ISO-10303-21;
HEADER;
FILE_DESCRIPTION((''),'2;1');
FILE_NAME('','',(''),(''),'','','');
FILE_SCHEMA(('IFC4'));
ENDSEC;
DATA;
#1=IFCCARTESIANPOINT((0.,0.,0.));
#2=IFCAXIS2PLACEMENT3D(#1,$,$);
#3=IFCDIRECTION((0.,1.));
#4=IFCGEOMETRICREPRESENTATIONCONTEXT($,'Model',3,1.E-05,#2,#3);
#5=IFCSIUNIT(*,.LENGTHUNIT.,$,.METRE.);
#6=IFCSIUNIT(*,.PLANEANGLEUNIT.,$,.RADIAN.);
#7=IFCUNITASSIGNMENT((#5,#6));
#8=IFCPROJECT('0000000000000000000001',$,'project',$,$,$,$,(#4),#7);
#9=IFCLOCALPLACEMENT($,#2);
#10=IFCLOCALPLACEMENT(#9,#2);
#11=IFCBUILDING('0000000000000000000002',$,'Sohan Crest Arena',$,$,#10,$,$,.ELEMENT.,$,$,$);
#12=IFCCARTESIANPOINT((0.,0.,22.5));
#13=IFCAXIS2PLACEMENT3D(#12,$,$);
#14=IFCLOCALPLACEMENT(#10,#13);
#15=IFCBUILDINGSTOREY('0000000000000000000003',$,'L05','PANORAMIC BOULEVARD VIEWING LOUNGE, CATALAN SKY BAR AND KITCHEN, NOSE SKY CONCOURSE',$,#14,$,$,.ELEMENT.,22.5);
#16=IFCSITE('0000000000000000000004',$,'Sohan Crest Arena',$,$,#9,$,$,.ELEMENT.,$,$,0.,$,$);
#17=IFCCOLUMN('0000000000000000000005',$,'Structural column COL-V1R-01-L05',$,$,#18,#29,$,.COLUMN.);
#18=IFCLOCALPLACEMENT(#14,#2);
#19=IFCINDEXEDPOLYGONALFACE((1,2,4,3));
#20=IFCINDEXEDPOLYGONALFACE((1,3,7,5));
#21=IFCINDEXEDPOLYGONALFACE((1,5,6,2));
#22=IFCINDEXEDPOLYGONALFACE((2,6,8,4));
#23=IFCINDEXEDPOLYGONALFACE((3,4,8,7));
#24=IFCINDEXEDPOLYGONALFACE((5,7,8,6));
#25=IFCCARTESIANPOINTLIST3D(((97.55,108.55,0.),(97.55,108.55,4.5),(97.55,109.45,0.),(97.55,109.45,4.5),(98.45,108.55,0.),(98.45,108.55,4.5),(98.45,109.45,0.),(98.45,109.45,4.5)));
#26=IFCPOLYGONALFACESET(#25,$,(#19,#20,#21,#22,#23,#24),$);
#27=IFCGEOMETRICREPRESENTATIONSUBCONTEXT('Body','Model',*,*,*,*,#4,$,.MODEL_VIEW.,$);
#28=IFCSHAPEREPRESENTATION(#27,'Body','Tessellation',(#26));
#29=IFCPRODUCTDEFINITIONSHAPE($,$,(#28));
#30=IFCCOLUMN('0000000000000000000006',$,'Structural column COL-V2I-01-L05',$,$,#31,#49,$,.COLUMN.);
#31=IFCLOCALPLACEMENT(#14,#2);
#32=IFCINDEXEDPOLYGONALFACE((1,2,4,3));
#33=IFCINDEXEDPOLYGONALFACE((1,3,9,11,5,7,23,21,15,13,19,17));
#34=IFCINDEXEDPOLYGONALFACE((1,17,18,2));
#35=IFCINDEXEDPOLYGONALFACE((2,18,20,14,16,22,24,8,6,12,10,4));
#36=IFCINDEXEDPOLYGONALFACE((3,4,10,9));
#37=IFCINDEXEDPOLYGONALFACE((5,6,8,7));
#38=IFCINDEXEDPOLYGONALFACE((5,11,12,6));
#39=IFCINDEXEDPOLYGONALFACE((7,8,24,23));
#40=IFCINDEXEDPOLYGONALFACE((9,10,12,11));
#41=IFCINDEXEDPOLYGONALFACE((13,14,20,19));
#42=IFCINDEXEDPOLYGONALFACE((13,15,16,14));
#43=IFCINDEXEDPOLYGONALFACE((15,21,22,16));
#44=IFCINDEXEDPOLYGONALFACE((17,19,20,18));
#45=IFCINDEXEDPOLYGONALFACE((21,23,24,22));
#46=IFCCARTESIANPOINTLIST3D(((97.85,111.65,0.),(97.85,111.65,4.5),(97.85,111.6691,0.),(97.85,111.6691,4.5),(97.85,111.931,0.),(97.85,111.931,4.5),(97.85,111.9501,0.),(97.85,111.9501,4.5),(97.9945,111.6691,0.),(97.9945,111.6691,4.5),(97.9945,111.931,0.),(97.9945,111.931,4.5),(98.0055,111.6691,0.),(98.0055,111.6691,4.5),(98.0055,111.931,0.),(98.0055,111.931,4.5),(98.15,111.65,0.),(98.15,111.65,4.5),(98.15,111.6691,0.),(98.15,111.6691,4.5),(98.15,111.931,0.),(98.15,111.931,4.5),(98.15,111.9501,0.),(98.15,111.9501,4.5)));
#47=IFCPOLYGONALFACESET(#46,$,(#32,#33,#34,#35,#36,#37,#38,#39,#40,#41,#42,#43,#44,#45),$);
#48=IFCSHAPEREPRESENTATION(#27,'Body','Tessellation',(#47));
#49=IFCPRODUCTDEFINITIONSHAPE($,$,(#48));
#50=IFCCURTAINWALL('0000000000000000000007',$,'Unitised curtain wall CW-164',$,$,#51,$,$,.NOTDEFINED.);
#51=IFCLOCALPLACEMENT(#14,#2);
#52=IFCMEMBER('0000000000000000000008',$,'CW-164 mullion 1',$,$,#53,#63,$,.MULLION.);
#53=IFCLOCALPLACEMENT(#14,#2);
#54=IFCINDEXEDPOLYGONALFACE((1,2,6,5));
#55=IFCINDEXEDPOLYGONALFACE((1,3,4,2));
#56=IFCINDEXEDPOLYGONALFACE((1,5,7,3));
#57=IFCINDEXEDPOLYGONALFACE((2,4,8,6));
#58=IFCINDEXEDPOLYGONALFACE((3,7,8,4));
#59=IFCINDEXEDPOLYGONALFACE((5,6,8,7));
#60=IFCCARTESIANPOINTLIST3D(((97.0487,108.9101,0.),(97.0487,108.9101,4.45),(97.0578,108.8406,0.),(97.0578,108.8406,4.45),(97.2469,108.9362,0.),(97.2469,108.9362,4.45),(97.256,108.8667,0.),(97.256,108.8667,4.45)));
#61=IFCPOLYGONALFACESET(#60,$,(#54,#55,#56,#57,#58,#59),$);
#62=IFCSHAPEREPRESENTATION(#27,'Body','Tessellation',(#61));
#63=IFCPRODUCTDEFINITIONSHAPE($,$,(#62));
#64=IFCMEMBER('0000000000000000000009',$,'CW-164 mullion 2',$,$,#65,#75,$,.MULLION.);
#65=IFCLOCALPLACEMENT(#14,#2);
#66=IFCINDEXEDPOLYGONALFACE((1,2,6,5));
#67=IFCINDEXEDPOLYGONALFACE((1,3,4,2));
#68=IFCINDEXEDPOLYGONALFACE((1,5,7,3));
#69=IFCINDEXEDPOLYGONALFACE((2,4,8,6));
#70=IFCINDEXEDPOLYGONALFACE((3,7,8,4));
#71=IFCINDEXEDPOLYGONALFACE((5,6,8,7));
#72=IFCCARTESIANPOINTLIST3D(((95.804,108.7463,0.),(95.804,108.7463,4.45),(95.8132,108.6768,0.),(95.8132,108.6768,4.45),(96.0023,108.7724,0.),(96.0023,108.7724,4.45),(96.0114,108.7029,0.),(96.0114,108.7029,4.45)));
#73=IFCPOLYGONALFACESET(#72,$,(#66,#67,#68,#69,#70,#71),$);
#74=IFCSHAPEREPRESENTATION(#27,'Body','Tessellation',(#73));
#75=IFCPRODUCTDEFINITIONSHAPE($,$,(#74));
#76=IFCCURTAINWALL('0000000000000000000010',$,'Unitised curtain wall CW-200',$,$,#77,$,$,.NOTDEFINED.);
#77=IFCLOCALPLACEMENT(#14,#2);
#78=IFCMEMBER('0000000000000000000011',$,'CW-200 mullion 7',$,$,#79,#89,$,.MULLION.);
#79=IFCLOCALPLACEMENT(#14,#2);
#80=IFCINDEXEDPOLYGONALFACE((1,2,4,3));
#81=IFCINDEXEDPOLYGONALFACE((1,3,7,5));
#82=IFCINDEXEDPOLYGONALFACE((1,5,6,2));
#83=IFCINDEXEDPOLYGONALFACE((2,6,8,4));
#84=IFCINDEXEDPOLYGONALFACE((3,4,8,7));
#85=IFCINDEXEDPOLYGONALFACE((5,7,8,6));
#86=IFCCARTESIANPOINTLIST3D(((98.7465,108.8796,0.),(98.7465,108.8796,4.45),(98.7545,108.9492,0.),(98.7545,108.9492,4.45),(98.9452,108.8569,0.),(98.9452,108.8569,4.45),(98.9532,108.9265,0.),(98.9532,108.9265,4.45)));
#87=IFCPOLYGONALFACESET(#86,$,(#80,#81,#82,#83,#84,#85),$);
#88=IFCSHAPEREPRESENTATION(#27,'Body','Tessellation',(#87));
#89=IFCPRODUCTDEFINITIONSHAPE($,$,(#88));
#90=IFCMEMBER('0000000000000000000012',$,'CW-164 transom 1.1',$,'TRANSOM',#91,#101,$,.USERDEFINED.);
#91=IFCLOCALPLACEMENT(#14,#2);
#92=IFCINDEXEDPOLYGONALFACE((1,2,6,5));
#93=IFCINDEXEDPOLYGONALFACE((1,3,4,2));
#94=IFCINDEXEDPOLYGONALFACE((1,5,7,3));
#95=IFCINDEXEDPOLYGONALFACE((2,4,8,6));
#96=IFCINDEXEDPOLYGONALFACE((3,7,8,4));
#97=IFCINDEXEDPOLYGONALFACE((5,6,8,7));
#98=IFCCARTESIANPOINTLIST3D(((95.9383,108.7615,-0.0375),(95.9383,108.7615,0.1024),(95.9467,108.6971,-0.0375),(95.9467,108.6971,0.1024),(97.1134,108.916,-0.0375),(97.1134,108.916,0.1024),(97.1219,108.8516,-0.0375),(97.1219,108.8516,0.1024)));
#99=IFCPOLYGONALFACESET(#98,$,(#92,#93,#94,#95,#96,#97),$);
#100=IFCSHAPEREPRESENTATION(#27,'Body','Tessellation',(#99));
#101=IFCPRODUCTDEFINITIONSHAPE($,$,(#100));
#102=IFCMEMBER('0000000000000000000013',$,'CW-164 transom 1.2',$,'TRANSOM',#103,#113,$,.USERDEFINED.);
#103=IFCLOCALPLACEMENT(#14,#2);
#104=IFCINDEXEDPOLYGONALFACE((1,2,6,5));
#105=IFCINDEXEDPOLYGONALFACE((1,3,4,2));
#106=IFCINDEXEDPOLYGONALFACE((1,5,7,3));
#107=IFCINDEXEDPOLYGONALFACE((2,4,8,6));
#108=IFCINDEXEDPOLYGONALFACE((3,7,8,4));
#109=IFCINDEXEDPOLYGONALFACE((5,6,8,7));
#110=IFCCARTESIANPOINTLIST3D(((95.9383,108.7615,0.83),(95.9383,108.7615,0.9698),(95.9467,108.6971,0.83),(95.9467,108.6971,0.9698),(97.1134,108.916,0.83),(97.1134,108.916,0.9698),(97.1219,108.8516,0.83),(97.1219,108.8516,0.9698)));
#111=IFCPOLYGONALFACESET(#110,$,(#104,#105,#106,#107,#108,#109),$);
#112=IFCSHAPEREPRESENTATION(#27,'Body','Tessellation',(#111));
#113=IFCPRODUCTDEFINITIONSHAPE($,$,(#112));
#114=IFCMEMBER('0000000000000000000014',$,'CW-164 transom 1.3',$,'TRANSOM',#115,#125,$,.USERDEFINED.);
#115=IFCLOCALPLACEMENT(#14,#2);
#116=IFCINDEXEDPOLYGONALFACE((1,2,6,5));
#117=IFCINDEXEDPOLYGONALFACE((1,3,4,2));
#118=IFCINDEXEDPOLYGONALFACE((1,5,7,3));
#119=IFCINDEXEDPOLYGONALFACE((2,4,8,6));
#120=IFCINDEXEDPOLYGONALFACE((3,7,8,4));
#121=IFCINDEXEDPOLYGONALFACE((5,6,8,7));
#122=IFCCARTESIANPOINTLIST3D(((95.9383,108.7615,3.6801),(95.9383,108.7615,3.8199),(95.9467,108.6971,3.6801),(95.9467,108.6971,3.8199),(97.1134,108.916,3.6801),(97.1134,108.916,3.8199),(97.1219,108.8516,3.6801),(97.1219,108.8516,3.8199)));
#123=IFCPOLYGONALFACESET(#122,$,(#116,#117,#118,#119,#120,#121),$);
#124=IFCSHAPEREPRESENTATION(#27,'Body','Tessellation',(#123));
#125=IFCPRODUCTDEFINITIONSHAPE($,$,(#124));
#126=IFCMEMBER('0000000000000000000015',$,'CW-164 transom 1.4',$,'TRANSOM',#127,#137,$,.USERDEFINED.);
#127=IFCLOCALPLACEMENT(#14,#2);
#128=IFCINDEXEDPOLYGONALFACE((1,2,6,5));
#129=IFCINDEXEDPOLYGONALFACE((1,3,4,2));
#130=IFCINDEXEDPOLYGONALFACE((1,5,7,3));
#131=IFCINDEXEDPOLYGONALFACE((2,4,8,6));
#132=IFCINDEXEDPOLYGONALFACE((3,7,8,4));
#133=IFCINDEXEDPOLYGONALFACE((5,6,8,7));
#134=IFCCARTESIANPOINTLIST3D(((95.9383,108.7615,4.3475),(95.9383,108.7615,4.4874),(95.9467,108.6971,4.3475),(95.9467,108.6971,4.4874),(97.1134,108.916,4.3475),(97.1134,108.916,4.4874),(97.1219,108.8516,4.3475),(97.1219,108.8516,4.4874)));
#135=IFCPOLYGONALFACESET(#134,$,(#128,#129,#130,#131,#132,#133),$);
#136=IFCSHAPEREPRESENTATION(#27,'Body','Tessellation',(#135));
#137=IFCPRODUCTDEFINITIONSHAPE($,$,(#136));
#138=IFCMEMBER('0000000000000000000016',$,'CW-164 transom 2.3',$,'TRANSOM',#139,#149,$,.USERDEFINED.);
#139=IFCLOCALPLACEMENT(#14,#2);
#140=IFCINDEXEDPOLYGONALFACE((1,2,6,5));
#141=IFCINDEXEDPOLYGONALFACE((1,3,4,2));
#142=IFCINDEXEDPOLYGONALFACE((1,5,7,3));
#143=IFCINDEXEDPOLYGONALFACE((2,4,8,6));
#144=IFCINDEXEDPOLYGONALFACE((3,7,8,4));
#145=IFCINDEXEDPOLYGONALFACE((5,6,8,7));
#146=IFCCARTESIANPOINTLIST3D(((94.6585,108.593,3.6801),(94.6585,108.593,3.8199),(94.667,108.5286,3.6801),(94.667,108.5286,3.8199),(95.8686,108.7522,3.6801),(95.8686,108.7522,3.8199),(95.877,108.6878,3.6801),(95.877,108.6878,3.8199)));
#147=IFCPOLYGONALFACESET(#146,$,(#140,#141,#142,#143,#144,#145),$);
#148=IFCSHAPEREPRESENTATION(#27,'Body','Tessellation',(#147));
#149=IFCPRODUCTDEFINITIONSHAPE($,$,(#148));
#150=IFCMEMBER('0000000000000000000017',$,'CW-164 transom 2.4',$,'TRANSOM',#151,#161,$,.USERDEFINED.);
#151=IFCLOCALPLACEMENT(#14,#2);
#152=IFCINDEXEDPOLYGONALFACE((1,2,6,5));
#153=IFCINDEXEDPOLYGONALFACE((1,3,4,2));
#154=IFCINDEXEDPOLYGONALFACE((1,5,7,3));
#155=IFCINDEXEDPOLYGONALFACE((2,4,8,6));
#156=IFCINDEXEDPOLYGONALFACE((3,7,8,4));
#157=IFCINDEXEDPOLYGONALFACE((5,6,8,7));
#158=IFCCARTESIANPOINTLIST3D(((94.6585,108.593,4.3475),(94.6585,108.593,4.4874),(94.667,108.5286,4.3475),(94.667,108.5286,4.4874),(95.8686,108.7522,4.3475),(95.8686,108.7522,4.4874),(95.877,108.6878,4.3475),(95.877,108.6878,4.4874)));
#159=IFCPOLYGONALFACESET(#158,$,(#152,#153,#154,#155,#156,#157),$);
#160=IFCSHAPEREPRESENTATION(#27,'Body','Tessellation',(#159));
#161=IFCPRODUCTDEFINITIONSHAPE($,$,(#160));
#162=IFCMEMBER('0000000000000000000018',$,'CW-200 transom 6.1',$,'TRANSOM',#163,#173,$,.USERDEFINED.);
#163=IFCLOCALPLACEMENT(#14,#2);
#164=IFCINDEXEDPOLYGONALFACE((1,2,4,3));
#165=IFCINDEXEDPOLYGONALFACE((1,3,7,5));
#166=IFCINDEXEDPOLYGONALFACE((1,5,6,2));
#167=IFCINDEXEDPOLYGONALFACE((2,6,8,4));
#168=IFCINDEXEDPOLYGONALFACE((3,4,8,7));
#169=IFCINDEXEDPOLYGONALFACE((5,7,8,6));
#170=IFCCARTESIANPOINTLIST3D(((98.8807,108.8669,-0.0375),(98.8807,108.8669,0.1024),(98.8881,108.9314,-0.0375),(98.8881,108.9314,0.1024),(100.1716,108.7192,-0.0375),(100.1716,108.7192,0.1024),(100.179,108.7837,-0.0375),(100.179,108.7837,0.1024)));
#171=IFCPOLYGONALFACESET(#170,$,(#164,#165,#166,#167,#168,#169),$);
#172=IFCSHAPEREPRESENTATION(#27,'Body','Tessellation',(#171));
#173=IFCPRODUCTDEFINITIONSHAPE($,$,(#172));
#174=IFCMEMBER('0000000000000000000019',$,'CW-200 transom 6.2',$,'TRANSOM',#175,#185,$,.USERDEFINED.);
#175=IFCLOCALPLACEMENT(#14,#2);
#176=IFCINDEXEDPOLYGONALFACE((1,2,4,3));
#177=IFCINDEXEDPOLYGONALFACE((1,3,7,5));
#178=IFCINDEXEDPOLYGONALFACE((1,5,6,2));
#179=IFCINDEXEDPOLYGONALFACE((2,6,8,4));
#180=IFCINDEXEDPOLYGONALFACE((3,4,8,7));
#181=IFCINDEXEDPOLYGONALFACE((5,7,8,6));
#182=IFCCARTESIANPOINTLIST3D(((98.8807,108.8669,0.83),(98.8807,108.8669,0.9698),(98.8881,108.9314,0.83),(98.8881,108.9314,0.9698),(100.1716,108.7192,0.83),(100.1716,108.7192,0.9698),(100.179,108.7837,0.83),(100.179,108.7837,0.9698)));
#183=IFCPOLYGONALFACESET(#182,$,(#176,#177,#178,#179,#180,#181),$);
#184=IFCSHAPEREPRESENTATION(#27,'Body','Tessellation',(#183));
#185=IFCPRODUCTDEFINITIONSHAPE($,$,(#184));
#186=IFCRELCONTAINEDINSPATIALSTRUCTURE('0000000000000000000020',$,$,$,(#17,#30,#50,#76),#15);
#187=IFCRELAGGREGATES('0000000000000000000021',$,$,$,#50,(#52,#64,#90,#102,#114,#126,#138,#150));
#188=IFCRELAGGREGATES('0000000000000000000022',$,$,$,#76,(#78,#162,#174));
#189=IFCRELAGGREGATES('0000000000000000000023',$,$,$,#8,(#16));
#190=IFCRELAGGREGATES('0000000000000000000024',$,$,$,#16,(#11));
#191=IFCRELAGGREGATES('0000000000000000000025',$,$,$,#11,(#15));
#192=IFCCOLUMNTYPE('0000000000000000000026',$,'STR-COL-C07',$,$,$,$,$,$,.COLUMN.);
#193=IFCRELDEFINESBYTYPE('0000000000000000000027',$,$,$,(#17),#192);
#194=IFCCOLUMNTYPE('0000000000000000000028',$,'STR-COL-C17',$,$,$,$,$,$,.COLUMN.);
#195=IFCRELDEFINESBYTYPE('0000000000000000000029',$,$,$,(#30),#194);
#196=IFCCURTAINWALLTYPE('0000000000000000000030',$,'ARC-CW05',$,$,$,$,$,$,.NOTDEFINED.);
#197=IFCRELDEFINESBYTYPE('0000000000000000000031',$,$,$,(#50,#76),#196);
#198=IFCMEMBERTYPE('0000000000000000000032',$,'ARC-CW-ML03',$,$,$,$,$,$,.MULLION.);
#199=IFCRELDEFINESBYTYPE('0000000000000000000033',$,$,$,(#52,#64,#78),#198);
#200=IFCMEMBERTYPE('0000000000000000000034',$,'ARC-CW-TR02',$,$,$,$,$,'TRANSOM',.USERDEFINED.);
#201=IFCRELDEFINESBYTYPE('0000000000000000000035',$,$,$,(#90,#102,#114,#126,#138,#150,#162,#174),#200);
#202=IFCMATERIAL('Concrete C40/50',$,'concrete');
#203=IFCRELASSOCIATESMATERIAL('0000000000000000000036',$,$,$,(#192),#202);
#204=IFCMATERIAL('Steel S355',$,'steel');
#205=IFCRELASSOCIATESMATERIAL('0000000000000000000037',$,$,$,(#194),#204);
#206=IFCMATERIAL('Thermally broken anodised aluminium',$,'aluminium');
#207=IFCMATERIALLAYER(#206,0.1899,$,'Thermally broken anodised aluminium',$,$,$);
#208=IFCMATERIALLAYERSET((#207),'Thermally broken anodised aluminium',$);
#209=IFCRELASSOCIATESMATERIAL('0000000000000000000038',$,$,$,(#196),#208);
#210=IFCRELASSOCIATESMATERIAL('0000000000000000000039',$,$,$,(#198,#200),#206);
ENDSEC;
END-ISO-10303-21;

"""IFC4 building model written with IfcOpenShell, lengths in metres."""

from ifc_helpers import new_model, si_unit, direction, frame, origin, origin_2d, place, context, subcontext, project, spatial, rectangle, i_section, extrude, material, layer, layer_set, material_profile, profile_set, type_object, element, aggregate, save


model = new_model("IFC4")

# Units and contexts
model_context = context("Model", 3, precision=1e-05, world=origin(), true_north=direction((0.0, 1.0)))
body_context = subcontext(model_context, "Body", "Model", "MODEL_VIEW")
ifc_project = project(units=[si_unit("LENGTHUNIT", "METRE"), si_unit("PLANEANGLEUNIT", "RADIAN")], contexts=[model_context])

# Site, building, storey
site_placement = place(None, origin())
site = spatial("IfcSite", under=ifc_project, at=site_placement, Name="Sohan Crest Arena", CompositionType="ELEMENT", RefElevation=0.0)
building_placement = place(site_placement, origin())
building = spatial("IfcBuilding", under=site, at=building_placement, Name="Sohan Crest Arena", CompositionType="ELEMENT")
storey_placement = place(building_placement, frame((0.0, 0.0, 22.5)))
storey = spatial("IfcBuildingStorey", under=building, at=storey_placement, Name="L05", Description="PANORAMIC BOULEVARD VIEWING LOUNGE, CATALAN SKY BAR AND KITCHEN, NOSE SKY CONCOURSE", CompositionType="ELEMENT", Elevation=22.5)

# Columns
ifc_material_1 = material(Name="Concrete C40/50", Category="concrete")
ifc_material_profile_1 = material_profile(ifc_material_1, rectangle(XDim=0.8999, YDim=0.8999, at=origin_2d()), Name="RC 900x900")
ifc_profile_set_1 = profile_set([ifc_material_profile_1], Name="Concrete C40/50")
column_type_1 = type_object("IfcColumnType", Name="STR-COL-C07", PredefinedType="COLUMN", material=ifc_profile_set_1)
column_1_placement = place(storey_placement, frame((98.0, 109.0, 0.0), z_axis=(0.0, 0.0, 1.0), x_axis=(0.0, 1.0, 0.0)))
element("IfcColumn", 1, at=column_1_placement, inside=storey, type_object=column_type_1, Name="Structural column COL-V1R-01-L05", PredefinedType="COLUMN", context=body_context, shape_type="SweptSolid", body=[
    extrude(rectangle(XDim=0.8999, YDim=0.8999, at=origin_2d()), origin(), (0.0, 0.0, 1.0), 4.5),
])
ifc_material_2 = material(Name="Steel S355", Category="steel")
ifc_material_profile_2 = material_profile(ifc_material_2, i_section(OverallWidth=0.3, OverallDepth=0.3, WebThickness=0.011, FlangeThickness=0.019, at=origin_2d()), Name="HEB 300")
ifc_profile_set_2 = profile_set([ifc_material_profile_2], Name="Steel S355")
column_type_2 = type_object("IfcColumnType", Name="STR-COL-C17", PredefinedType="COLUMN", material=ifc_profile_set_2)
column_2_placement = place(storey_placement, frame((98.0, 111.8, 0.0), z_axis=(0.0, 0.0, 1.0), x_axis=(1.0, 0.0, 0.0)))
element("IfcColumn", 2, at=column_2_placement, inside=storey, type_object=column_type_2, Name="Structural column COL-V2I-01-L05", PredefinedType="COLUMN", context=body_context, shape_type="SweptSolid", body=[
    extrude(i_section(OverallWidth=0.3, OverallDepth=0.3, WebThickness=0.011, FlangeThickness=0.019, at=origin_2d()), origin(), (0.0, 0.0, 1.0), 4.5),
])

# Curtain wall, members
ifc_material_3 = material(Name="Thermally broken anodised aluminium", Category="aluminium")
ifc_layer_1 = layer(ifc_material_3, 0.1899, Name="Thermally broken anodised aluminium")
ifc_layer_set_1 = layer_set([ifc_layer_1], Name="Thermally broken anodised aluminium")
curtain_wall_type = type_object("IfcCurtainWallType", Name="ARC-CW05", PredefinedType="NOTDEFINED", material=ifc_layer_set_1)
curtain_wall_1_placement = place(storey_placement, origin())
curtain_wall_1 = element("IfcCurtainWall", 3, at=curtain_wall_1_placement, inside=storey, type_object=curtain_wall_type, Name="Unitised curtain wall CW-164", PredefinedType="NOTDEFINED")
ifc_material_profile_3 = material_profile(ifc_material_3, rectangle(XDim=0.0701, YDim=0.2, at=origin_2d()), Name="ALU-MULL 70x200")
ifc_profile_set_3 = profile_set([ifc_material_profile_3], Name="Thermally broken anodised aluminium")
member_type_1 = type_object("IfcMemberType", Name="ARC-CW-ML03", PredefinedType="MULLION", material=ifc_profile_set_3)
member_1_placement = place(storey_placement, frame((97.1523, 108.8884, 0.0), z_axis=(0.0, 0.0, 1.0), x_axis=(0.130499, -0.991448, 0.0)))
member_1 = element("IfcMember", 4, at=member_1_placement, type_object=member_type_1, Name="CW-164 mullion 1", PredefinedType="MULLION", context=body_context, shape_type="SweptSolid", body=[
    extrude(rectangle(XDim=0.0701, YDim=0.2, at=origin_2d()), origin(), (0.0, 0.0, 1.0), 4.45),
])
member_2_placement = place(storey_placement, frame((95.9077, 108.7246, 0.0), z_axis=(0.0, 0.0, 1.0), x_axis=(0.130499, -0.991448, 0.0)))
member_2 = element("IfcMember", 5, at=member_2_placement, type_object=member_type_1, Name="CW-164 mullion 2", PredefinedType="MULLION", context=body_context, shape_type="SweptSolid", body=[
    extrude(rectangle(XDim=0.0701, YDim=0.2, at=origin_2d()), origin(), (0.0, 0.0, 1.0), 4.45),
])

# Curtain wall, member
curtain_wall_2_placement = place(storey_placement, origin())
curtain_wall_2 = element("IfcCurtainWall", 6, at=curtain_wall_2_placement, inside=storey, type_object=curtain_wall_type, Name="Unitised curtain wall CW-200", PredefinedType="NOTDEFINED")
member_3_placement = place(storey_placement, frame((98.8499, 108.9031, 0.0), z_axis=(0.0, 0.0, 1.0), x_axis=(-0.113597, -0.993527, 0.0)))
member_3 = element("IfcMember", 7, at=member_3_placement, type_object=member_type_1, Name="CW-200 mullion 7", PredefinedType="MULLION", context=body_context, shape_type="SweptSolid", body=[
    extrude(rectangle(XDim=0.0701, YDim=0.2, at=origin_2d()), origin(), (0.0, 0.0, 1.0), 4.45),
])

# Members
ifc_material_profile_4 = material_profile(ifc_material_3, rectangle(XDim=0.0649, YDim=0.1399, at=origin_2d()), Name="ALU-TRAN 65x140")
ifc_profile_set_4 = profile_set([ifc_material_profile_4], Name="Thermally broken anodised aluminium")
member_type_2 = type_object("IfcMemberType", Name="ARC-CW-TR02", ElementType="TRANSOM", PredefinedType="USERDEFINED", material=ifc_profile_set_4)
member_4_placement = place(storey_placement, frame((97.1177, 108.8838, 0.0325), z_axis=(-0.991466, -0.130369, 0.0), x_axis=(0.130369, -0.991466, 0.0)))
member_4 = element("IfcMember", 8, at=member_4_placement, type_object=member_type_2, Name="CW-164 transom 1.1", ObjectType="TRANSOM", PredefinedType="USERDEFINED", context=body_context, shape_type="SweptSolid", body=[
    extrude(rectangle(XDim=0.0649, YDim=0.1399, at=origin_2d()), origin(), (0.0, 0.0, 1.0), 1.1853),
])
member_5_placement = place(storey_placement, frame((97.1177, 108.8838, 0.8999), z_axis=(-0.991466, -0.130369, 0.0), x_axis=(0.130369, -0.991466, 0.0)))
member_5 = element("IfcMember", 9, at=member_5_placement, type_object=member_type_2, Name="CW-164 transom 1.2", ObjectType="TRANSOM", PredefinedType="USERDEFINED", context=body_context, shape_type="SweptSolid", body=[
    extrude(rectangle(XDim=0.0649, YDim=0.1399, at=origin_2d()), origin(), (0.0, 0.0, 1.0), 1.1853),
])
member_6_placement = place(storey_placement, frame((97.1177, 108.8838, 3.75), z_axis=(-0.991466, -0.130369, 0.0), x_axis=(0.130369, -0.991466, 0.0)))
member_6 = element("IfcMember", 10, at=member_6_placement, type_object=member_type_2, Name="CW-164 transom 1.3", ObjectType="TRANSOM", PredefinedType="USERDEFINED", context=body_context, shape_type="SweptSolid", body=[
    extrude(rectangle(XDim=0.0649, YDim=0.1399, at=origin_2d()), origin(), (0.0, 0.0, 1.0), 1.1853),
])
member_7_placement = place(storey_placement, frame((97.1177, 108.8838, 4.4175), z_axis=(-0.991466, -0.130369, 0.0), x_axis=(0.130369, -0.991466, 0.0)))
member_7 = element("IfcMember", 11, at=member_7_placement, type_object=member_type_2, Name="CW-164 transom 1.4", ObjectType="TRANSOM", PredefinedType="USERDEFINED", context=body_context, shape_type="SweptSolid", body=[
    extrude(rectangle(XDim=0.0649, YDim=0.1399, at=origin_2d()), origin(), (0.0, 0.0, 1.0), 1.1853),
])
member_8_placement = place(storey_placement, frame((95.8728, 108.72, 3.75), z_axis=(-0.991457, -0.130434, 0.0), x_axis=(0.130434, -0.991457, 0.0)))
member_8 = element("IfcMember", 12, at=member_8_placement, type_object=member_type_2, Name="CW-164 transom 2.3", ObjectType="TRANSOM", PredefinedType="USERDEFINED", context=body_context, shape_type="SweptSolid", body=[
    extrude(rectangle(XDim=0.0649, YDim=0.1399, at=origin_2d()), origin(), (0.0, 0.0, 1.0), 1.2205),
])
member_9_placement = place(storey_placement, frame((95.8728, 108.72, 4.4175), z_axis=(-0.991457, -0.130434, 0.0), x_axis=(0.130434, -0.991457, 0.0)))
member_9 = element("IfcMember", 13, at=member_9_placement, type_object=member_type_2, Name="CW-164 transom 2.4", ObjectType="TRANSOM", PredefinedType="USERDEFINED", context=body_context, shape_type="SweptSolid", body=[
    extrude(rectangle(XDim=0.0649, YDim=0.1399, at=origin_2d()), origin(), (0.0, 0.0, 1.0), 1.2205),
])
member_10_placement = place(storey_placement, frame((100.1753, 108.7515, 0.0325), z_axis=(-0.993516, 0.11369, 0.0), x_axis=(-0.11369, -0.993516, 0.0)))
member_10 = element("IfcMember", 14, at=member_10_placement, type_object=member_type_2, Name="CW-200 transom 6.1", ObjectType="TRANSOM", PredefinedType="USERDEFINED", context=body_context, shape_type="SweptSolid", body=[
    extrude(rectangle(XDim=0.0649, YDim=0.1399, at=origin_2d()), origin(), (0.0, 0.0, 1.0), 1.2993),
])
member_11_placement = place(storey_placement, frame((100.1753, 108.7515, 0.8999), z_axis=(-0.993516, 0.11369, 0.0), x_axis=(-0.11369, -0.993516, 0.0)))
member_11 = element("IfcMember", 15, at=member_11_placement, type_object=member_type_2, Name="CW-200 transom 6.2", ObjectType="TRANSOM", PredefinedType="USERDEFINED", context=body_context, shape_type="SweptSolid", body=[
    extrude(rectangle(XDim=0.0649, YDim=0.1399, at=origin_2d()), origin(), (0.0, 0.0, 1.0), 1.2993),
])

aggregate(curtain_wall_1, [member_1, member_2, member_4, member_5, member_6, member_7, member_8, member_9])
aggregate(curtain_wall_2, [member_3, member_10, member_11])

save(model, "model.ifc")
